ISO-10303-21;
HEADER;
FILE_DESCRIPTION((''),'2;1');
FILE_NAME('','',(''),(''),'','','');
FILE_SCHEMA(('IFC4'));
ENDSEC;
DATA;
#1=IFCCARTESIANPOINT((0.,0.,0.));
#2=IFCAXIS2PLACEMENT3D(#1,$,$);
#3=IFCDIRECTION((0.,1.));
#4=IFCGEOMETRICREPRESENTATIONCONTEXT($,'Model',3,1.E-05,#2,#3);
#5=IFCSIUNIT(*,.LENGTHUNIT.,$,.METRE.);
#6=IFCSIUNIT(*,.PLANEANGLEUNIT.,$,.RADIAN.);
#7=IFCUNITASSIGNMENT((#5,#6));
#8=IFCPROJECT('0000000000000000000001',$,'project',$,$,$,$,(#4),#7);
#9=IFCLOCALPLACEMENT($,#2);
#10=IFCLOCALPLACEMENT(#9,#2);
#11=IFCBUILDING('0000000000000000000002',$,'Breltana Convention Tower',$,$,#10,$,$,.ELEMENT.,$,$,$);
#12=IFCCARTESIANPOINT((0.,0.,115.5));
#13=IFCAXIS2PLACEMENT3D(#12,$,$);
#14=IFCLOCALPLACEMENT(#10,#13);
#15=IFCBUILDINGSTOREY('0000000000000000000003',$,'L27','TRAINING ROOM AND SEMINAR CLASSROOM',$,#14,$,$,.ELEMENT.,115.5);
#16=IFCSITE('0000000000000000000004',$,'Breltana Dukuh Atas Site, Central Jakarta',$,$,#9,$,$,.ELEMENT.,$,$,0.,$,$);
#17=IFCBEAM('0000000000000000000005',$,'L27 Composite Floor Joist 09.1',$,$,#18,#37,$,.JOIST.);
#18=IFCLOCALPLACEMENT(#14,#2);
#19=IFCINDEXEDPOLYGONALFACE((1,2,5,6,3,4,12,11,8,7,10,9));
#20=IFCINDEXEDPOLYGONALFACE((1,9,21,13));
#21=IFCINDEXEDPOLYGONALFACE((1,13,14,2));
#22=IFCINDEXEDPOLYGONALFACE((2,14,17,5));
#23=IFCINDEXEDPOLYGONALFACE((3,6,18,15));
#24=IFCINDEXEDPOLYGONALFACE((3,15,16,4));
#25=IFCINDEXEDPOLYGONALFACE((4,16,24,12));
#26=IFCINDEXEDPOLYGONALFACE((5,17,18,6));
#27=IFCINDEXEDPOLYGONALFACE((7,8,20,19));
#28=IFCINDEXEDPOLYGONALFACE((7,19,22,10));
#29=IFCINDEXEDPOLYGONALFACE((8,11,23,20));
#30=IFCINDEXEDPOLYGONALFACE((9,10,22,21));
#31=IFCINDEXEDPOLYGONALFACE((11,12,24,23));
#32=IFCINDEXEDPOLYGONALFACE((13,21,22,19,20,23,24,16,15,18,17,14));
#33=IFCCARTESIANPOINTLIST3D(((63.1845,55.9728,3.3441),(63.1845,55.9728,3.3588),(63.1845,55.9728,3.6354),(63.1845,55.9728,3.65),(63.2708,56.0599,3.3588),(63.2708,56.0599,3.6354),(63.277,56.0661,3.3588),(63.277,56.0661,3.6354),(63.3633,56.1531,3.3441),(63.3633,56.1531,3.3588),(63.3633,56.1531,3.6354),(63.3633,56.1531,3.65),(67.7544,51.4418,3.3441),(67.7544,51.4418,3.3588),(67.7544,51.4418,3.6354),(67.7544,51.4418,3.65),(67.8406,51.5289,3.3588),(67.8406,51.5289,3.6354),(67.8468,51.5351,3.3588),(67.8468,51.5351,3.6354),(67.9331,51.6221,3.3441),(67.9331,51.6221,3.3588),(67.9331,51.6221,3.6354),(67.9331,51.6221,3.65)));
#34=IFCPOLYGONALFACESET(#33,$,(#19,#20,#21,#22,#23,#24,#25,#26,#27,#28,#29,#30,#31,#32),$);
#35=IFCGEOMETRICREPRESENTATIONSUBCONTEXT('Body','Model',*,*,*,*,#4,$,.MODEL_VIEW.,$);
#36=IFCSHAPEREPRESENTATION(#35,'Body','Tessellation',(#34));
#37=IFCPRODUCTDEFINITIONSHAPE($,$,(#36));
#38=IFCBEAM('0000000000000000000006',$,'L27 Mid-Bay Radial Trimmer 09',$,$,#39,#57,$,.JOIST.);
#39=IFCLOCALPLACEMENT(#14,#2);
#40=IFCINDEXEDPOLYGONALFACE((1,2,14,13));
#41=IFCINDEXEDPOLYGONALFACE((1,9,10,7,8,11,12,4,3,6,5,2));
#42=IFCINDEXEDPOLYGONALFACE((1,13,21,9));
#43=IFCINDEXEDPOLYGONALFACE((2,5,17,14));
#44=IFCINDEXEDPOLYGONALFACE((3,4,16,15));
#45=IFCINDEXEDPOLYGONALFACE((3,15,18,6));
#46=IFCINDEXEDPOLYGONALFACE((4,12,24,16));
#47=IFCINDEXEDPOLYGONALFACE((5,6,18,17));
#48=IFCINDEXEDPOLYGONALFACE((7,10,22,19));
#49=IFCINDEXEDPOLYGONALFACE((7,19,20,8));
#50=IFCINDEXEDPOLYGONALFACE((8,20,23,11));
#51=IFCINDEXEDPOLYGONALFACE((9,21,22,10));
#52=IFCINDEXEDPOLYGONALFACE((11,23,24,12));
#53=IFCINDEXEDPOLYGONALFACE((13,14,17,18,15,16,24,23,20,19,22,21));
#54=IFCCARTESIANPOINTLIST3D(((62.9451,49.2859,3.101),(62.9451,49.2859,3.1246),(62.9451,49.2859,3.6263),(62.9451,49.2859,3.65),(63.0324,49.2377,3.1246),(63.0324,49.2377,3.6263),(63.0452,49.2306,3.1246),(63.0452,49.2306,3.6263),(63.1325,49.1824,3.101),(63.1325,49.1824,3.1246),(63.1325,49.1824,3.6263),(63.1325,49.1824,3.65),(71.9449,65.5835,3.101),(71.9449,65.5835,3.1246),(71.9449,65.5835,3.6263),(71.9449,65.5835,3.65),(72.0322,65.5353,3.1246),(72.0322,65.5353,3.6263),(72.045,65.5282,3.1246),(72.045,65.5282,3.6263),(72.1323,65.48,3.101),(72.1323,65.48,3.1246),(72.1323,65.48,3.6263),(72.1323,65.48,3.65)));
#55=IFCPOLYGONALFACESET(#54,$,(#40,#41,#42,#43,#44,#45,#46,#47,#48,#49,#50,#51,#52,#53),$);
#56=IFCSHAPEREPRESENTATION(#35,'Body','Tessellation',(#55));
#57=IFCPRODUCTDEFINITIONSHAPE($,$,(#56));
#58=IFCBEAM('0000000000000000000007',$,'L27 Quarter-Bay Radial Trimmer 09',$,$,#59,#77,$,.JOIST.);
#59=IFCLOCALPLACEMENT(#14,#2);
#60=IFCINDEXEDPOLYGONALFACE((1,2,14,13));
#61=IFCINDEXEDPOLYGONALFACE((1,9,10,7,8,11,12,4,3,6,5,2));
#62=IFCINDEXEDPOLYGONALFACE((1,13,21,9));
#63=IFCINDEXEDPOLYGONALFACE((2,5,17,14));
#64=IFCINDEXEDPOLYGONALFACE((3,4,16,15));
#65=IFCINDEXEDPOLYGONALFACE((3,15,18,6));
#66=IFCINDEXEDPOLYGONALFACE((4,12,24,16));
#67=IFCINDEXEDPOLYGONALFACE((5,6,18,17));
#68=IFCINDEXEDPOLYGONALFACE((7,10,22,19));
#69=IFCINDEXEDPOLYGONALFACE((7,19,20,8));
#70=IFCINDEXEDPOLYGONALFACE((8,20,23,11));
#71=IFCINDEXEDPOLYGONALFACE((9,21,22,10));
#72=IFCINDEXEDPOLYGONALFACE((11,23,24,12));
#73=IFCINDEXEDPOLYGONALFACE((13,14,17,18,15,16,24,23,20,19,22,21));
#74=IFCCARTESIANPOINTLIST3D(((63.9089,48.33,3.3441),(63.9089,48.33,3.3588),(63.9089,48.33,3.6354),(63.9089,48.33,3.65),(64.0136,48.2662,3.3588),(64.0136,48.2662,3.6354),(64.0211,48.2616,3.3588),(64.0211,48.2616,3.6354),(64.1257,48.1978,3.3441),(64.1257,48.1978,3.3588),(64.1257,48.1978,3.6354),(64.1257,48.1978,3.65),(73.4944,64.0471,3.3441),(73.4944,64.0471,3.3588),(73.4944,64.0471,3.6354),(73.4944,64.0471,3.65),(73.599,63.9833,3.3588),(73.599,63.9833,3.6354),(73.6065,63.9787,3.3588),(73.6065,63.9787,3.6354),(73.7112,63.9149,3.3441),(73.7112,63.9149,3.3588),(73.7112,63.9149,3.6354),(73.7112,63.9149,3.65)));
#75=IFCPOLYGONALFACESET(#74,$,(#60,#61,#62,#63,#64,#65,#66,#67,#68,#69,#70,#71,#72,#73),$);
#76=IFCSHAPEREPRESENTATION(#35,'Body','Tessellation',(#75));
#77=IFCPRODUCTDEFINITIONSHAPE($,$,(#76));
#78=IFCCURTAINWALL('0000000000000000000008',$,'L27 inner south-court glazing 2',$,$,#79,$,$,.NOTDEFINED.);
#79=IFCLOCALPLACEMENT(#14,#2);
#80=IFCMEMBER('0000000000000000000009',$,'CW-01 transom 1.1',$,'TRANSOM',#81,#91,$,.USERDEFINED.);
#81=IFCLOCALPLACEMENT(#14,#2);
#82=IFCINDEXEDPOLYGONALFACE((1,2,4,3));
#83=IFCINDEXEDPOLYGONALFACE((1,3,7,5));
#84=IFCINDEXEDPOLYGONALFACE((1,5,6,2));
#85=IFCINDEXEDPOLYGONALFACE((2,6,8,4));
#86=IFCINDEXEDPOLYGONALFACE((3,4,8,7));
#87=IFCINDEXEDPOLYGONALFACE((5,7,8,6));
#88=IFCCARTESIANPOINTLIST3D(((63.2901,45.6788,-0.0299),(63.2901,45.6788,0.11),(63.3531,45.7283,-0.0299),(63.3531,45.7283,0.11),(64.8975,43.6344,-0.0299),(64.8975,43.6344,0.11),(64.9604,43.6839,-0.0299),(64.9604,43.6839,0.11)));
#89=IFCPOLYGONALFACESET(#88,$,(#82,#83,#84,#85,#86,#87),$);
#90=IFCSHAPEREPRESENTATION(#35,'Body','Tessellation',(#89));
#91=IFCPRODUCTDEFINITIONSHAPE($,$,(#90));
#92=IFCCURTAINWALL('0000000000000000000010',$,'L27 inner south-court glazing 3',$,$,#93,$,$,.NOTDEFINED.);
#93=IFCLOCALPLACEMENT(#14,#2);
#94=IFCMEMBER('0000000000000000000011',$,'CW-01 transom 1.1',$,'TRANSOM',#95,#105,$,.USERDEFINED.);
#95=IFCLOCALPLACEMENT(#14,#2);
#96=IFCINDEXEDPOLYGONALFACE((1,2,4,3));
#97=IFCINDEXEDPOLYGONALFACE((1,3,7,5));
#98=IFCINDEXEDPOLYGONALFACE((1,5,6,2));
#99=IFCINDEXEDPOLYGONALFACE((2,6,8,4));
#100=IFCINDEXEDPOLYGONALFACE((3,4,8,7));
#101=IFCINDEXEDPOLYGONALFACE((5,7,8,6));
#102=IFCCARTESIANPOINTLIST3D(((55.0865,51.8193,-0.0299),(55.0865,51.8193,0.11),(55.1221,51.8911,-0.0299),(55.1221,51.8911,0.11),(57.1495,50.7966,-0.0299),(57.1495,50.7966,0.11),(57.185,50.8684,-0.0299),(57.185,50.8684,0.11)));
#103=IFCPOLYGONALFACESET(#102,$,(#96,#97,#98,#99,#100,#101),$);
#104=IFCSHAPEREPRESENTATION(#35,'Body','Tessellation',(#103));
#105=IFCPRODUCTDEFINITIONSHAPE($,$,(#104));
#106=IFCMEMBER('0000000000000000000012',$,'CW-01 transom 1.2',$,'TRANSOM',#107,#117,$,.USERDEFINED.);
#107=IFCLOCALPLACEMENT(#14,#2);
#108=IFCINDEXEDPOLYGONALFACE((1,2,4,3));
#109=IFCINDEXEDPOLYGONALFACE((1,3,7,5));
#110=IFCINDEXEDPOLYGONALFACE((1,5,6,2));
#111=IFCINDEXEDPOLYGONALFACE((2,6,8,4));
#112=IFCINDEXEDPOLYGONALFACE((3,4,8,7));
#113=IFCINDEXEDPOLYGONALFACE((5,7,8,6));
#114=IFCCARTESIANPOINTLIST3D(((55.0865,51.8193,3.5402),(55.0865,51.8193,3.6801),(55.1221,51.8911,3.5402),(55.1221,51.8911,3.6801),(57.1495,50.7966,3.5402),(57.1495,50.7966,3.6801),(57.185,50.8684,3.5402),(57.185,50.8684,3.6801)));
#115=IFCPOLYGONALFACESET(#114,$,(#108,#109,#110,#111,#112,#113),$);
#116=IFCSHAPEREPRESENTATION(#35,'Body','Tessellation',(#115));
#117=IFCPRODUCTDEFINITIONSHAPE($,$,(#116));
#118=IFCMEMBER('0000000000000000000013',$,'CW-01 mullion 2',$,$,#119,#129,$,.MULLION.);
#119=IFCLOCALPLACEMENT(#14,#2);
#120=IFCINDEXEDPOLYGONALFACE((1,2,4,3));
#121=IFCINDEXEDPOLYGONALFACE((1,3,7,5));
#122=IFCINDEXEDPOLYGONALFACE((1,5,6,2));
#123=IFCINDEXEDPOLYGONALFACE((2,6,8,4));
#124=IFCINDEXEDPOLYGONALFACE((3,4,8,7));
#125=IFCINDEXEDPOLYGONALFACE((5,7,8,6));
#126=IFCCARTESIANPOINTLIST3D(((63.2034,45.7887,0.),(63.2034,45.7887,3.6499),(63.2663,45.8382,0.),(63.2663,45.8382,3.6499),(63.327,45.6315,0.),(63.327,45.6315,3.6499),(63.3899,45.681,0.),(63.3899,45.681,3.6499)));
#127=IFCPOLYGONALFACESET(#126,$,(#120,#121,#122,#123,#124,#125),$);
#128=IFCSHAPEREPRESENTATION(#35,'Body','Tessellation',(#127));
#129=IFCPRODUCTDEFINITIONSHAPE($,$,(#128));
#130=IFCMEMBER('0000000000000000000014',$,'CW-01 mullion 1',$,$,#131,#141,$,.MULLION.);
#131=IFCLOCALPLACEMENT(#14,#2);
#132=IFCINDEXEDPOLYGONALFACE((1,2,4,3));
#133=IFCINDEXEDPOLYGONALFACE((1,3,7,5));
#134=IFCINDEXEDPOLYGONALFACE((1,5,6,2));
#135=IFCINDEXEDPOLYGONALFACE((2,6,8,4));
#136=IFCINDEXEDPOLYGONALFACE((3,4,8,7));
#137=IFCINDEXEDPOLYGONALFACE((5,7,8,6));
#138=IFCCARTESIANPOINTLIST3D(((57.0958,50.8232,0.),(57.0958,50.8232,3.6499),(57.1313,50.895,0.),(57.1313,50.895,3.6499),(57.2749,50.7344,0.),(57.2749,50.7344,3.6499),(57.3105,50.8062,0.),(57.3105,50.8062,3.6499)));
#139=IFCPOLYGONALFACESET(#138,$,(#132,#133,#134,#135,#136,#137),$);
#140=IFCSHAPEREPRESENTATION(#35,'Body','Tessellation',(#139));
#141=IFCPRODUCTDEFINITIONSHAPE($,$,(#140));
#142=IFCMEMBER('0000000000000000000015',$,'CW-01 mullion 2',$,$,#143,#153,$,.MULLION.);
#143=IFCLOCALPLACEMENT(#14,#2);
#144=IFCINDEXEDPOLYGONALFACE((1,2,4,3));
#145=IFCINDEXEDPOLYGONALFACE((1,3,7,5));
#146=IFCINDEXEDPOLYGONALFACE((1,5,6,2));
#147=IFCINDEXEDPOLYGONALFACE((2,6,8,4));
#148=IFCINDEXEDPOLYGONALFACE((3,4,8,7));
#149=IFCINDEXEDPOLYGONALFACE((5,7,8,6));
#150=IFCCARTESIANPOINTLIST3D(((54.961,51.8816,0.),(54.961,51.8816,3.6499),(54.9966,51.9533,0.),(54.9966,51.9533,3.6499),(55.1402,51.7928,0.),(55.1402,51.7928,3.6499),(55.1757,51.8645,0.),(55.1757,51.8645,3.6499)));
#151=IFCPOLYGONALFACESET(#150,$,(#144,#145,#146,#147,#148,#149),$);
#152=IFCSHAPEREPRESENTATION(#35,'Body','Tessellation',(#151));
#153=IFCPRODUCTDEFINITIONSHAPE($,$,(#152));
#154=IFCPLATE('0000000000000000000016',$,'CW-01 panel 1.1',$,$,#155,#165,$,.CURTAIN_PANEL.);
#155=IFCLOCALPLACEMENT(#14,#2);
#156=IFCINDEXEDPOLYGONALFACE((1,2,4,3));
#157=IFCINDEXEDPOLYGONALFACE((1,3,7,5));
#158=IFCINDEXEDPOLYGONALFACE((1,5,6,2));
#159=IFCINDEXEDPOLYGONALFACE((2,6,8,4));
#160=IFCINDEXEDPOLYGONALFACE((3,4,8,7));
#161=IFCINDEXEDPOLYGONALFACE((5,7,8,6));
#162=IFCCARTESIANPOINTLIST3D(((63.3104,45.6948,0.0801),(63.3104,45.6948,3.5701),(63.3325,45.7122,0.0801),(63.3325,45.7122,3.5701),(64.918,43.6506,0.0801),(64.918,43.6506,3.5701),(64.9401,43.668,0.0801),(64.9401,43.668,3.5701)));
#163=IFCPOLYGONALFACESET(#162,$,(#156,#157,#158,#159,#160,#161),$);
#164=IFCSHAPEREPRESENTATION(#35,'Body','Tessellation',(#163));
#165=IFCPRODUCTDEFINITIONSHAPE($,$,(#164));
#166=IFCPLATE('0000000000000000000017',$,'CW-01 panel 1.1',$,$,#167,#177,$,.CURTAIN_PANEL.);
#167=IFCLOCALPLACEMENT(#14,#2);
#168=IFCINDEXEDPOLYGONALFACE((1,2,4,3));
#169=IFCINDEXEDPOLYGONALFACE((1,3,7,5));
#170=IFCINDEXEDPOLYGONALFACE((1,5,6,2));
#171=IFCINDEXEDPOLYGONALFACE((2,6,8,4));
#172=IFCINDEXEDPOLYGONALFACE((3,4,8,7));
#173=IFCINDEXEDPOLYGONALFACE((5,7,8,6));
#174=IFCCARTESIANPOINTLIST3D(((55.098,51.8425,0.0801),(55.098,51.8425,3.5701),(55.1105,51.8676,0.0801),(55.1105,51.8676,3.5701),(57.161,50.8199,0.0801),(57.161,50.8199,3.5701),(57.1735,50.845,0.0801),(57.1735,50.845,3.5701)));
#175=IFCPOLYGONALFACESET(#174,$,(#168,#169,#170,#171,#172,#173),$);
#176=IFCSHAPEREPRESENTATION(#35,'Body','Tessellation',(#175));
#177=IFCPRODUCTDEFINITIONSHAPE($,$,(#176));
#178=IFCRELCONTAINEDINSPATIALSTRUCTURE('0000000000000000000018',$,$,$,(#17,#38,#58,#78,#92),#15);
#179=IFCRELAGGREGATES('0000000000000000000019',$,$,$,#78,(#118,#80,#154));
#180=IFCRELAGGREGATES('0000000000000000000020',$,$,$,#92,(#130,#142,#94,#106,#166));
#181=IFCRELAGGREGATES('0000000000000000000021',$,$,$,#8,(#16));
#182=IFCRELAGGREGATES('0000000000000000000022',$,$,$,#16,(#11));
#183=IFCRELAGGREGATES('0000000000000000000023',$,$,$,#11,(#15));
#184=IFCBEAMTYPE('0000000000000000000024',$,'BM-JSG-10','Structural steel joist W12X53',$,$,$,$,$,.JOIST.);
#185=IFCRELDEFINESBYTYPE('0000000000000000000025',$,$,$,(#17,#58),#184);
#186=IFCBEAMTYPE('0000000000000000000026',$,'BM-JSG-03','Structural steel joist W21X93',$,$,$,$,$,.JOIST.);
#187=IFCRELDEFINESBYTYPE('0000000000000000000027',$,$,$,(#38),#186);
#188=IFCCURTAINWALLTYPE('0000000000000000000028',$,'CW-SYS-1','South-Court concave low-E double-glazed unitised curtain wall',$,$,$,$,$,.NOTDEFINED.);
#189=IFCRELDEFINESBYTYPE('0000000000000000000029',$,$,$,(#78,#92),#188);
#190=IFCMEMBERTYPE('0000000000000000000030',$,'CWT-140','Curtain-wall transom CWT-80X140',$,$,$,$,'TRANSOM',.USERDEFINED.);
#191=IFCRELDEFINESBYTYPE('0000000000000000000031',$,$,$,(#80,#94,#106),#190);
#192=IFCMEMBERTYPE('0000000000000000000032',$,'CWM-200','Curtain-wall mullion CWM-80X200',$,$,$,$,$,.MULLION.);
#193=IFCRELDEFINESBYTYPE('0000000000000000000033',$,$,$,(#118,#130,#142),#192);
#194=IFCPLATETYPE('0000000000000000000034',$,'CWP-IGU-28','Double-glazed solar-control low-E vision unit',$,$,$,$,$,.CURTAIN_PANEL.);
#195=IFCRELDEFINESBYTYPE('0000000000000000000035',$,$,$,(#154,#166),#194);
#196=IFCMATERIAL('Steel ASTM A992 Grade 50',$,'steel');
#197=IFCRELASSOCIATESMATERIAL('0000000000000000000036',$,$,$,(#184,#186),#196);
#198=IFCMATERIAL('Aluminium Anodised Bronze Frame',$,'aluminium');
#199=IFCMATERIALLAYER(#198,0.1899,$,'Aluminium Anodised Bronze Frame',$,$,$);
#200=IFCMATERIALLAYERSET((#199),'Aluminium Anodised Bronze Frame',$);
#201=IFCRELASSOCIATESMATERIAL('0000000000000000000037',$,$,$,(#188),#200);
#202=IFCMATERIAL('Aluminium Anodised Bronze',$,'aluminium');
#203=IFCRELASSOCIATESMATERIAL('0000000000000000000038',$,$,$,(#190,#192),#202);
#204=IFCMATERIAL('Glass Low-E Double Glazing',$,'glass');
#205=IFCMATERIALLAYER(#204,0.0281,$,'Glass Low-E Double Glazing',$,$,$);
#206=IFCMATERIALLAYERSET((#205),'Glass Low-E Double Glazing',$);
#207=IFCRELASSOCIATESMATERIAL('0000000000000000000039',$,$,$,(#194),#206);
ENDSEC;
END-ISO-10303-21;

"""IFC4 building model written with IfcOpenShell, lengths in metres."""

from ifc_helpers import new_model, si_unit, direction, frame, origin, origin_2d, place, context, subcontext, project, spatial, rectangle, i_section, extrude, source, transform, mapped, material, layer, layer_set, material_profile, profile_set, type_object, element, aggregate, save


model = new_model("IFC4")

# Units and contexts
model_context = context("Model", 3, precision=1e-05, world=origin(), true_north=direction((0.0, 1.0)))
body_context = subcontext(model_context, "Body", "Model", "MODEL_VIEW")
ifc_project = project(units=[si_unit("LENGTHUNIT", "METRE"), si_unit("PLANEANGLEUNIT", "RADIAN")], contexts=[model_context])

# Site, building, storey
site_placement = place(None, origin())
site = spatial("IfcSite", under=ifc_project, at=site_placement, Name="Breltana Dukuh Atas Site, Central Jakarta", CompositionType="ELEMENT", RefElevation=0.0)
building_placement = place(site_placement, origin())
building = spatial("IfcBuilding", under=site, at=building_placement, Name="Breltana Convention Tower", CompositionType="ELEMENT")
storey_placement = place(building_placement, frame((0.0, 0.0, 115.5)))
storey = spatial("IfcBuildingStorey", under=building, at=storey_placement, Name="L27", Description="TRAINING ROOM AND SEMINAR CLASSROOM", CompositionType="ELEMENT", Elevation=115.5)

# Beams
ifc_material_1 = material(Name="Steel ASTM A992 Grade 50", Category="steel")
ifc_material_profile_1 = material_profile(ifc_material_1, i_section(OverallWidth=0.2539, OverallDepth=0.3059, WebThickness=0.0088, FlangeThickness=0.0146, at=origin_2d()), Name="W12X53")
ifc_profile_set_1 = profile_set([ifc_material_profile_1], Name="Steel ASTM A992 Grade 50")
beam_type_1 = type_object("IfcBeamType", Name="BM-JSG-10", Description="Structural steel joist W12X53", PredefinedType="JOIST", material=ifc_profile_set_1)
shared_shape_1 = source(origin(), body_context, "Body", "SweptSolid", [
    extrude(i_section(OverallWidth=0.2539, OverallDepth=0.3059, WebThickness=0.0088, FlangeThickness=0.0146, at=origin_2d()), origin(), (0.0, 0.0, 1.0), 6.4353),
])
beam_1_placement = place(storey_placement, frame((63.2739, 56.063, 3.4971), z_axis=(0.710116, -0.704084, 0.0), x_axis=(0.704084, 0.710116, 0.0)))
element("IfcBeam", 1, at=beam_1_placement, inside=storey, type_object=beam_type_1, Name="L27 Composite Floor Joist 09.1", PredefinedType="JOIST", context=body_context, shape_type="MappedRepresentation", body=[
    mapped(shared_shape_1, transform((0.0, 0.0, 0.0), scale=1.0)),
])
ifc_material_profile_2 = material_profile(ifc_material_1, i_section(OverallWidth=0.2141, OverallDepth=0.5491, WebThickness=0.0146, FlangeThickness=0.0237, at=origin_2d()), Name="W21X93")
ifc_profile_set_2 = profile_set([ifc_material_profile_2], Name="Steel ASTM A992 Grade 50")
beam_type_2 = type_object("IfcBeamType", Name="BM-JSG-03", Description="Structural steel joist W21X93", PredefinedType="JOIST", material=ifc_profile_set_2)
shared_shape_2 = source(origin(), body_context, "Body", "SweptSolid", [
    extrude(i_section(OverallWidth=0.2141, OverallDepth=0.5491, WebThickness=0.0146, FlangeThickness=0.0237, at=origin_2d()), origin(), (0.0, 0.0, 1.0), 18.6174),
])
beam_2_placement = place(storey_placement, frame((63.0388, 49.2341, 3.3755), z_axis=(0.483406, 0.875396, 0.0), x_axis=(-0.875396, 0.483406, 0.0)))
element("IfcBeam", 2, at=beam_2_placement, inside=storey, type_object=beam_type_2, Name="L27 Mid-Bay Radial Trimmer 09", PredefinedType="JOIST", context=body_context, shape_type="MappedRepresentation", body=[
    mapped(shared_shape_2, transform((0.0, 0.0, 0.0), scale=1.0)),
])
shared_shape_3 = source(origin(), body_context, "Body", "SweptSolid", [
    extrude(i_section(OverallWidth=0.2539, OverallDepth=0.3059, WebThickness=0.0088, FlangeThickness=0.0146, at=origin_2d()), origin(), (0.0, 0.0, 1.0), 18.4094),
])
beam_3_placement = place(storey_placement, frame((64.0173, 48.2639, 3.4971), z_axis=(0.520682, 0.853751, 0.0), x_axis=(-0.853751, 0.520682, 0.0)))
element("IfcBeam", 3, at=beam_3_placement, inside=storey, type_object=beam_type_1, Name="L27 Quarter-Bay Radial Trimmer 09", PredefinedType="JOIST", context=body_context, shape_type="MappedRepresentation", body=[
    mapped(shared_shape_3, transform((0.0, 0.0, 0.0), scale=1.0)),
])

# Curtain wall, member
ifc_material_2 = material(Name="Aluminium Anodised Bronze Frame", Category="aluminium")
ifc_layer_1 = layer(ifc_material_2, 0.1899, Name="Aluminium Anodised Bronze Frame")
ifc_layer_set_1 = layer_set([ifc_layer_1], Name="Aluminium Anodised Bronze Frame")
curtain_wall_type = type_object("IfcCurtainWallType", Name="CW-SYS-1", Description="South-Court concave low-E double-glazed unitised curtain wall", PredefinedType="NOTDEFINED", material=ifc_layer_set_1)
curtain_wall_1_placement = place(storey_placement, origin())
curtain_wall_1 = element("IfcCurtainWall", 4, at=curtain_wall_1_placement, inside=storey, type_object=curtain_wall_type, Name="L27 inner south-court glazing 2", PredefinedType="NOTDEFINED")
ifc_material_3 = material(Name="Aluminium Anodised Bronze", Category="aluminium")
ifc_material_profile_3 = material_profile(ifc_material_3, rectangle(XDim=0.0801, YDim=0.1399, at=origin_2d()), Name="CWT-80X140")
ifc_profile_set_3 = profile_set([ifc_material_profile_3], Name="Aluminium Anodised Bronze")
member_type_1 = type_object("IfcMemberType", Name="CWT-140", Description="Curtain-wall transom CWT-80X140", ElementType="TRANSOM", PredefinedType="USERDEFINED", material=ifc_profile_set_3)
shared_shape_4 = source(origin(), body_context, "Body", "SweptSolid", [
    extrude(rectangle(XDim=0.0801, YDim=0.1399, at=origin_2d()), origin(), (0.0, 0.0, 1.0), 2.6006),
])
member_1_placement = place(storey_placement, frame((64.929, 43.6592, 0.04), z_axis=(-0.618079, 0.786116, 0.0), x_axis=(-0.786116, -0.618079, 0.0)))
member_1 = element("IfcMember", 5, at=member_1_placement, type_object=member_type_1, Name="CW-01 transom 1.1", ObjectType="TRANSOM", PredefinedType="USERDEFINED", context=body_context, shape_type="MappedRepresentation", body=[
    mapped(shared_shape_4, transform((0.0, 0.0, 0.0), scale=1.0)),
])

# Curtain wall, members
curtain_wall_2_placement = place(storey_placement, origin())
curtain_wall_2 = element("IfcCurtainWall", 6, at=curtain_wall_2_placement, inside=storey, type_object=curtain_wall_type, Name="L27 inner south-court glazing 3", PredefinedType="NOTDEFINED")
shared_shape_5 = source(origin(), body_context, "Body", "SweptSolid", [
    extrude(rectangle(XDim=0.0801, YDim=0.1399, at=origin_2d()), origin(), (0.0, 0.0, 1.0), 2.3025),
])
member_2_placement = place(storey_placement, frame((57.1672, 50.8325, 0.04), z_axis=(-0.895949, 0.444157, 0.0), x_axis=(-0.444157, -0.895949, 0.0)))
member_2 = element("IfcMember", 7, at=member_2_placement, type_object=member_type_1, Name="CW-01 transom 1.1", ObjectType="TRANSOM", PredefinedType="USERDEFINED", context=body_context, shape_type="MappedRepresentation", body=[
    mapped(shared_shape_5, transform((0.0, 0.0, 0.0), scale=1.0)),
])
member_3_placement = place(storey_placement, frame((57.1672, 50.8325, 3.6101), z_axis=(-0.895949, 0.444157, 0.0), x_axis=(-0.444157, -0.895949, 0.0)))
member_3 = element("IfcMember", 8, at=member_3_placement, type_object=member_type_1, Name="CW-01 transom 1.2", ObjectType="TRANSOM", PredefinedType="USERDEFINED", context=body_context, shape_type="MappedRepresentation", body=[
    mapped(shared_shape_5, transform((0.0, 0.0, 0.0), scale=1.0)),
])

# Members
ifc_material_profile_4 = material_profile(ifc_material_3, rectangle(XDim=0.0801, YDim=0.2, at=origin_2d()), Name="CWM-80X200")
ifc_profile_set_4 = profile_set([ifc_material_profile_4], Name="Aluminium Anodised Bronze")
member_type_2 = type_object("IfcMemberType", Name="CWM-200", Description="Curtain-wall mullion CWM-80X200", PredefinedType="MULLION", material=ifc_profile_set_4)
shared_shape_6 = source(origin(), body_context, "Body", "SweptSolid", [
    extrude(rectangle(XDim=0.0801, YDim=0.2, at=origin_2d()), origin(), (0.0, 0.0, 1.0), 3.6499),
])
member_4_placement = place(storey_placement, frame((63.2966, 45.7349, 0.0), z_axis=(0.0, 0.0, 1.0), x_axis=(-0.786054, -0.618157, 0.0)))
member_4 = element("IfcMember", 9, at=member_4_placement, type_object=member_type_2, Name="CW-01 mullion 2", PredefinedType="MULLION", context=body_context, shape_type="MappedRepresentation", body=[
    mapped(shared_shape_6, transform((0.0, 0.0, 0.0), scale=1.0)),
])
member_5_placement = place(storey_placement, frame((57.2031, 50.8147, 0.0), z_axis=(0.0, 0.0, 1.0), x_axis=(-0.444125, -0.895965, 0.0)))
member_5 = element("IfcMember", 10, at=member_5_placement, type_object=member_type_2, Name="CW-01 mullion 1", PredefinedType="MULLION", context=body_context, shape_type="MappedRepresentation", body=[
    mapped(shared_shape_6, transform((0.0, 0.0, 0.0), scale=1.0)),
])
member_6_placement = place(storey_placement, frame((55.0684, 51.873, 0.0), z_axis=(0.0, 0.0, 1.0), x_axis=(-0.444125, -0.895965, 0.0)))
member_6 = element("IfcMember", 11, at=member_6_placement, type_object=member_type_2, Name="CW-01 mullion 2", PredefinedType="MULLION", context=body_context, shape_type="MappedRepresentation", body=[
    mapped(shared_shape_6, transform((0.0, 0.0, 0.0), scale=1.0)),
])

# Plates
ifc_material_4 = material(Name="Glass Low-E Double Glazing", Category="glass")
ifc_layer_2 = layer(ifc_material_4, 0.0281, Name="Glass Low-E Double Glazing")
ifc_layer_set_2 = layer_set([ifc_layer_2], Name="Glass Low-E Double Glazing")
plate_type = type_object("IfcPlateType", Name="CWP-IGU-28", Description="Double-glazed solar-control low-E vision unit", PredefinedType="CURTAIN_PANEL", material=ifc_layer_set_2)
shared_shape_7 = source(origin(), body_context, "Body", "SweptSolid", [
    extrude(rectangle(XDim=2.6006, YDim=0.0281, at=origin_2d()), origin(), (0.0, 0.0, 1.0), 3.49),
])
plate_1_placement = place(storey_placement, frame((64.1252, 44.6814, 0.0801), z_axis=(0.0, 0.0, 1.0), x_axis=(-0.618157, 0.786054, 0.0)))
plate_1 = element("IfcPlate", 12, at=plate_1_placement, type_object=plate_type, Name="CW-01 panel 1.1", PredefinedType="CURTAIN_PANEL", context=body_context, shape_type="MappedRepresentation", body=[
    mapped(shared_shape_7, transform((0.0, 0.0, 0.0), scale=1.0)),
])
aggregate(curtain_wall_1, [member_4, member_1, plate_1])
shared_shape_8 = source(origin(), body_context, "Body", "SweptSolid", [
    extrude(rectangle(XDim=2.3025, YDim=0.0281, at=origin_2d()), origin(), (0.0, 0.0, 1.0), 3.49),
])
plate_2_placement = place(storey_placement, frame((56.1357, 51.3438, 0.0801), z_axis=(0.0, 0.0, 1.0), x_axis=(-0.895965, 0.444125, 0.0)))
plate_2 = element("IfcPlate", 13, at=plate_2_placement, type_object=plate_type, Name="CW-01 panel 1.1", PredefinedType="CURTAIN_PANEL", context=body_context, shape_type="MappedRepresentation", body=[
    mapped(shared_shape_8, transform((0.0, 0.0, 0.0), scale=1.0)),
])
aggregate(curtain_wall_2, [member_5, member_6, member_2, member_3, plate_2])

save(model, "model.ifc")
